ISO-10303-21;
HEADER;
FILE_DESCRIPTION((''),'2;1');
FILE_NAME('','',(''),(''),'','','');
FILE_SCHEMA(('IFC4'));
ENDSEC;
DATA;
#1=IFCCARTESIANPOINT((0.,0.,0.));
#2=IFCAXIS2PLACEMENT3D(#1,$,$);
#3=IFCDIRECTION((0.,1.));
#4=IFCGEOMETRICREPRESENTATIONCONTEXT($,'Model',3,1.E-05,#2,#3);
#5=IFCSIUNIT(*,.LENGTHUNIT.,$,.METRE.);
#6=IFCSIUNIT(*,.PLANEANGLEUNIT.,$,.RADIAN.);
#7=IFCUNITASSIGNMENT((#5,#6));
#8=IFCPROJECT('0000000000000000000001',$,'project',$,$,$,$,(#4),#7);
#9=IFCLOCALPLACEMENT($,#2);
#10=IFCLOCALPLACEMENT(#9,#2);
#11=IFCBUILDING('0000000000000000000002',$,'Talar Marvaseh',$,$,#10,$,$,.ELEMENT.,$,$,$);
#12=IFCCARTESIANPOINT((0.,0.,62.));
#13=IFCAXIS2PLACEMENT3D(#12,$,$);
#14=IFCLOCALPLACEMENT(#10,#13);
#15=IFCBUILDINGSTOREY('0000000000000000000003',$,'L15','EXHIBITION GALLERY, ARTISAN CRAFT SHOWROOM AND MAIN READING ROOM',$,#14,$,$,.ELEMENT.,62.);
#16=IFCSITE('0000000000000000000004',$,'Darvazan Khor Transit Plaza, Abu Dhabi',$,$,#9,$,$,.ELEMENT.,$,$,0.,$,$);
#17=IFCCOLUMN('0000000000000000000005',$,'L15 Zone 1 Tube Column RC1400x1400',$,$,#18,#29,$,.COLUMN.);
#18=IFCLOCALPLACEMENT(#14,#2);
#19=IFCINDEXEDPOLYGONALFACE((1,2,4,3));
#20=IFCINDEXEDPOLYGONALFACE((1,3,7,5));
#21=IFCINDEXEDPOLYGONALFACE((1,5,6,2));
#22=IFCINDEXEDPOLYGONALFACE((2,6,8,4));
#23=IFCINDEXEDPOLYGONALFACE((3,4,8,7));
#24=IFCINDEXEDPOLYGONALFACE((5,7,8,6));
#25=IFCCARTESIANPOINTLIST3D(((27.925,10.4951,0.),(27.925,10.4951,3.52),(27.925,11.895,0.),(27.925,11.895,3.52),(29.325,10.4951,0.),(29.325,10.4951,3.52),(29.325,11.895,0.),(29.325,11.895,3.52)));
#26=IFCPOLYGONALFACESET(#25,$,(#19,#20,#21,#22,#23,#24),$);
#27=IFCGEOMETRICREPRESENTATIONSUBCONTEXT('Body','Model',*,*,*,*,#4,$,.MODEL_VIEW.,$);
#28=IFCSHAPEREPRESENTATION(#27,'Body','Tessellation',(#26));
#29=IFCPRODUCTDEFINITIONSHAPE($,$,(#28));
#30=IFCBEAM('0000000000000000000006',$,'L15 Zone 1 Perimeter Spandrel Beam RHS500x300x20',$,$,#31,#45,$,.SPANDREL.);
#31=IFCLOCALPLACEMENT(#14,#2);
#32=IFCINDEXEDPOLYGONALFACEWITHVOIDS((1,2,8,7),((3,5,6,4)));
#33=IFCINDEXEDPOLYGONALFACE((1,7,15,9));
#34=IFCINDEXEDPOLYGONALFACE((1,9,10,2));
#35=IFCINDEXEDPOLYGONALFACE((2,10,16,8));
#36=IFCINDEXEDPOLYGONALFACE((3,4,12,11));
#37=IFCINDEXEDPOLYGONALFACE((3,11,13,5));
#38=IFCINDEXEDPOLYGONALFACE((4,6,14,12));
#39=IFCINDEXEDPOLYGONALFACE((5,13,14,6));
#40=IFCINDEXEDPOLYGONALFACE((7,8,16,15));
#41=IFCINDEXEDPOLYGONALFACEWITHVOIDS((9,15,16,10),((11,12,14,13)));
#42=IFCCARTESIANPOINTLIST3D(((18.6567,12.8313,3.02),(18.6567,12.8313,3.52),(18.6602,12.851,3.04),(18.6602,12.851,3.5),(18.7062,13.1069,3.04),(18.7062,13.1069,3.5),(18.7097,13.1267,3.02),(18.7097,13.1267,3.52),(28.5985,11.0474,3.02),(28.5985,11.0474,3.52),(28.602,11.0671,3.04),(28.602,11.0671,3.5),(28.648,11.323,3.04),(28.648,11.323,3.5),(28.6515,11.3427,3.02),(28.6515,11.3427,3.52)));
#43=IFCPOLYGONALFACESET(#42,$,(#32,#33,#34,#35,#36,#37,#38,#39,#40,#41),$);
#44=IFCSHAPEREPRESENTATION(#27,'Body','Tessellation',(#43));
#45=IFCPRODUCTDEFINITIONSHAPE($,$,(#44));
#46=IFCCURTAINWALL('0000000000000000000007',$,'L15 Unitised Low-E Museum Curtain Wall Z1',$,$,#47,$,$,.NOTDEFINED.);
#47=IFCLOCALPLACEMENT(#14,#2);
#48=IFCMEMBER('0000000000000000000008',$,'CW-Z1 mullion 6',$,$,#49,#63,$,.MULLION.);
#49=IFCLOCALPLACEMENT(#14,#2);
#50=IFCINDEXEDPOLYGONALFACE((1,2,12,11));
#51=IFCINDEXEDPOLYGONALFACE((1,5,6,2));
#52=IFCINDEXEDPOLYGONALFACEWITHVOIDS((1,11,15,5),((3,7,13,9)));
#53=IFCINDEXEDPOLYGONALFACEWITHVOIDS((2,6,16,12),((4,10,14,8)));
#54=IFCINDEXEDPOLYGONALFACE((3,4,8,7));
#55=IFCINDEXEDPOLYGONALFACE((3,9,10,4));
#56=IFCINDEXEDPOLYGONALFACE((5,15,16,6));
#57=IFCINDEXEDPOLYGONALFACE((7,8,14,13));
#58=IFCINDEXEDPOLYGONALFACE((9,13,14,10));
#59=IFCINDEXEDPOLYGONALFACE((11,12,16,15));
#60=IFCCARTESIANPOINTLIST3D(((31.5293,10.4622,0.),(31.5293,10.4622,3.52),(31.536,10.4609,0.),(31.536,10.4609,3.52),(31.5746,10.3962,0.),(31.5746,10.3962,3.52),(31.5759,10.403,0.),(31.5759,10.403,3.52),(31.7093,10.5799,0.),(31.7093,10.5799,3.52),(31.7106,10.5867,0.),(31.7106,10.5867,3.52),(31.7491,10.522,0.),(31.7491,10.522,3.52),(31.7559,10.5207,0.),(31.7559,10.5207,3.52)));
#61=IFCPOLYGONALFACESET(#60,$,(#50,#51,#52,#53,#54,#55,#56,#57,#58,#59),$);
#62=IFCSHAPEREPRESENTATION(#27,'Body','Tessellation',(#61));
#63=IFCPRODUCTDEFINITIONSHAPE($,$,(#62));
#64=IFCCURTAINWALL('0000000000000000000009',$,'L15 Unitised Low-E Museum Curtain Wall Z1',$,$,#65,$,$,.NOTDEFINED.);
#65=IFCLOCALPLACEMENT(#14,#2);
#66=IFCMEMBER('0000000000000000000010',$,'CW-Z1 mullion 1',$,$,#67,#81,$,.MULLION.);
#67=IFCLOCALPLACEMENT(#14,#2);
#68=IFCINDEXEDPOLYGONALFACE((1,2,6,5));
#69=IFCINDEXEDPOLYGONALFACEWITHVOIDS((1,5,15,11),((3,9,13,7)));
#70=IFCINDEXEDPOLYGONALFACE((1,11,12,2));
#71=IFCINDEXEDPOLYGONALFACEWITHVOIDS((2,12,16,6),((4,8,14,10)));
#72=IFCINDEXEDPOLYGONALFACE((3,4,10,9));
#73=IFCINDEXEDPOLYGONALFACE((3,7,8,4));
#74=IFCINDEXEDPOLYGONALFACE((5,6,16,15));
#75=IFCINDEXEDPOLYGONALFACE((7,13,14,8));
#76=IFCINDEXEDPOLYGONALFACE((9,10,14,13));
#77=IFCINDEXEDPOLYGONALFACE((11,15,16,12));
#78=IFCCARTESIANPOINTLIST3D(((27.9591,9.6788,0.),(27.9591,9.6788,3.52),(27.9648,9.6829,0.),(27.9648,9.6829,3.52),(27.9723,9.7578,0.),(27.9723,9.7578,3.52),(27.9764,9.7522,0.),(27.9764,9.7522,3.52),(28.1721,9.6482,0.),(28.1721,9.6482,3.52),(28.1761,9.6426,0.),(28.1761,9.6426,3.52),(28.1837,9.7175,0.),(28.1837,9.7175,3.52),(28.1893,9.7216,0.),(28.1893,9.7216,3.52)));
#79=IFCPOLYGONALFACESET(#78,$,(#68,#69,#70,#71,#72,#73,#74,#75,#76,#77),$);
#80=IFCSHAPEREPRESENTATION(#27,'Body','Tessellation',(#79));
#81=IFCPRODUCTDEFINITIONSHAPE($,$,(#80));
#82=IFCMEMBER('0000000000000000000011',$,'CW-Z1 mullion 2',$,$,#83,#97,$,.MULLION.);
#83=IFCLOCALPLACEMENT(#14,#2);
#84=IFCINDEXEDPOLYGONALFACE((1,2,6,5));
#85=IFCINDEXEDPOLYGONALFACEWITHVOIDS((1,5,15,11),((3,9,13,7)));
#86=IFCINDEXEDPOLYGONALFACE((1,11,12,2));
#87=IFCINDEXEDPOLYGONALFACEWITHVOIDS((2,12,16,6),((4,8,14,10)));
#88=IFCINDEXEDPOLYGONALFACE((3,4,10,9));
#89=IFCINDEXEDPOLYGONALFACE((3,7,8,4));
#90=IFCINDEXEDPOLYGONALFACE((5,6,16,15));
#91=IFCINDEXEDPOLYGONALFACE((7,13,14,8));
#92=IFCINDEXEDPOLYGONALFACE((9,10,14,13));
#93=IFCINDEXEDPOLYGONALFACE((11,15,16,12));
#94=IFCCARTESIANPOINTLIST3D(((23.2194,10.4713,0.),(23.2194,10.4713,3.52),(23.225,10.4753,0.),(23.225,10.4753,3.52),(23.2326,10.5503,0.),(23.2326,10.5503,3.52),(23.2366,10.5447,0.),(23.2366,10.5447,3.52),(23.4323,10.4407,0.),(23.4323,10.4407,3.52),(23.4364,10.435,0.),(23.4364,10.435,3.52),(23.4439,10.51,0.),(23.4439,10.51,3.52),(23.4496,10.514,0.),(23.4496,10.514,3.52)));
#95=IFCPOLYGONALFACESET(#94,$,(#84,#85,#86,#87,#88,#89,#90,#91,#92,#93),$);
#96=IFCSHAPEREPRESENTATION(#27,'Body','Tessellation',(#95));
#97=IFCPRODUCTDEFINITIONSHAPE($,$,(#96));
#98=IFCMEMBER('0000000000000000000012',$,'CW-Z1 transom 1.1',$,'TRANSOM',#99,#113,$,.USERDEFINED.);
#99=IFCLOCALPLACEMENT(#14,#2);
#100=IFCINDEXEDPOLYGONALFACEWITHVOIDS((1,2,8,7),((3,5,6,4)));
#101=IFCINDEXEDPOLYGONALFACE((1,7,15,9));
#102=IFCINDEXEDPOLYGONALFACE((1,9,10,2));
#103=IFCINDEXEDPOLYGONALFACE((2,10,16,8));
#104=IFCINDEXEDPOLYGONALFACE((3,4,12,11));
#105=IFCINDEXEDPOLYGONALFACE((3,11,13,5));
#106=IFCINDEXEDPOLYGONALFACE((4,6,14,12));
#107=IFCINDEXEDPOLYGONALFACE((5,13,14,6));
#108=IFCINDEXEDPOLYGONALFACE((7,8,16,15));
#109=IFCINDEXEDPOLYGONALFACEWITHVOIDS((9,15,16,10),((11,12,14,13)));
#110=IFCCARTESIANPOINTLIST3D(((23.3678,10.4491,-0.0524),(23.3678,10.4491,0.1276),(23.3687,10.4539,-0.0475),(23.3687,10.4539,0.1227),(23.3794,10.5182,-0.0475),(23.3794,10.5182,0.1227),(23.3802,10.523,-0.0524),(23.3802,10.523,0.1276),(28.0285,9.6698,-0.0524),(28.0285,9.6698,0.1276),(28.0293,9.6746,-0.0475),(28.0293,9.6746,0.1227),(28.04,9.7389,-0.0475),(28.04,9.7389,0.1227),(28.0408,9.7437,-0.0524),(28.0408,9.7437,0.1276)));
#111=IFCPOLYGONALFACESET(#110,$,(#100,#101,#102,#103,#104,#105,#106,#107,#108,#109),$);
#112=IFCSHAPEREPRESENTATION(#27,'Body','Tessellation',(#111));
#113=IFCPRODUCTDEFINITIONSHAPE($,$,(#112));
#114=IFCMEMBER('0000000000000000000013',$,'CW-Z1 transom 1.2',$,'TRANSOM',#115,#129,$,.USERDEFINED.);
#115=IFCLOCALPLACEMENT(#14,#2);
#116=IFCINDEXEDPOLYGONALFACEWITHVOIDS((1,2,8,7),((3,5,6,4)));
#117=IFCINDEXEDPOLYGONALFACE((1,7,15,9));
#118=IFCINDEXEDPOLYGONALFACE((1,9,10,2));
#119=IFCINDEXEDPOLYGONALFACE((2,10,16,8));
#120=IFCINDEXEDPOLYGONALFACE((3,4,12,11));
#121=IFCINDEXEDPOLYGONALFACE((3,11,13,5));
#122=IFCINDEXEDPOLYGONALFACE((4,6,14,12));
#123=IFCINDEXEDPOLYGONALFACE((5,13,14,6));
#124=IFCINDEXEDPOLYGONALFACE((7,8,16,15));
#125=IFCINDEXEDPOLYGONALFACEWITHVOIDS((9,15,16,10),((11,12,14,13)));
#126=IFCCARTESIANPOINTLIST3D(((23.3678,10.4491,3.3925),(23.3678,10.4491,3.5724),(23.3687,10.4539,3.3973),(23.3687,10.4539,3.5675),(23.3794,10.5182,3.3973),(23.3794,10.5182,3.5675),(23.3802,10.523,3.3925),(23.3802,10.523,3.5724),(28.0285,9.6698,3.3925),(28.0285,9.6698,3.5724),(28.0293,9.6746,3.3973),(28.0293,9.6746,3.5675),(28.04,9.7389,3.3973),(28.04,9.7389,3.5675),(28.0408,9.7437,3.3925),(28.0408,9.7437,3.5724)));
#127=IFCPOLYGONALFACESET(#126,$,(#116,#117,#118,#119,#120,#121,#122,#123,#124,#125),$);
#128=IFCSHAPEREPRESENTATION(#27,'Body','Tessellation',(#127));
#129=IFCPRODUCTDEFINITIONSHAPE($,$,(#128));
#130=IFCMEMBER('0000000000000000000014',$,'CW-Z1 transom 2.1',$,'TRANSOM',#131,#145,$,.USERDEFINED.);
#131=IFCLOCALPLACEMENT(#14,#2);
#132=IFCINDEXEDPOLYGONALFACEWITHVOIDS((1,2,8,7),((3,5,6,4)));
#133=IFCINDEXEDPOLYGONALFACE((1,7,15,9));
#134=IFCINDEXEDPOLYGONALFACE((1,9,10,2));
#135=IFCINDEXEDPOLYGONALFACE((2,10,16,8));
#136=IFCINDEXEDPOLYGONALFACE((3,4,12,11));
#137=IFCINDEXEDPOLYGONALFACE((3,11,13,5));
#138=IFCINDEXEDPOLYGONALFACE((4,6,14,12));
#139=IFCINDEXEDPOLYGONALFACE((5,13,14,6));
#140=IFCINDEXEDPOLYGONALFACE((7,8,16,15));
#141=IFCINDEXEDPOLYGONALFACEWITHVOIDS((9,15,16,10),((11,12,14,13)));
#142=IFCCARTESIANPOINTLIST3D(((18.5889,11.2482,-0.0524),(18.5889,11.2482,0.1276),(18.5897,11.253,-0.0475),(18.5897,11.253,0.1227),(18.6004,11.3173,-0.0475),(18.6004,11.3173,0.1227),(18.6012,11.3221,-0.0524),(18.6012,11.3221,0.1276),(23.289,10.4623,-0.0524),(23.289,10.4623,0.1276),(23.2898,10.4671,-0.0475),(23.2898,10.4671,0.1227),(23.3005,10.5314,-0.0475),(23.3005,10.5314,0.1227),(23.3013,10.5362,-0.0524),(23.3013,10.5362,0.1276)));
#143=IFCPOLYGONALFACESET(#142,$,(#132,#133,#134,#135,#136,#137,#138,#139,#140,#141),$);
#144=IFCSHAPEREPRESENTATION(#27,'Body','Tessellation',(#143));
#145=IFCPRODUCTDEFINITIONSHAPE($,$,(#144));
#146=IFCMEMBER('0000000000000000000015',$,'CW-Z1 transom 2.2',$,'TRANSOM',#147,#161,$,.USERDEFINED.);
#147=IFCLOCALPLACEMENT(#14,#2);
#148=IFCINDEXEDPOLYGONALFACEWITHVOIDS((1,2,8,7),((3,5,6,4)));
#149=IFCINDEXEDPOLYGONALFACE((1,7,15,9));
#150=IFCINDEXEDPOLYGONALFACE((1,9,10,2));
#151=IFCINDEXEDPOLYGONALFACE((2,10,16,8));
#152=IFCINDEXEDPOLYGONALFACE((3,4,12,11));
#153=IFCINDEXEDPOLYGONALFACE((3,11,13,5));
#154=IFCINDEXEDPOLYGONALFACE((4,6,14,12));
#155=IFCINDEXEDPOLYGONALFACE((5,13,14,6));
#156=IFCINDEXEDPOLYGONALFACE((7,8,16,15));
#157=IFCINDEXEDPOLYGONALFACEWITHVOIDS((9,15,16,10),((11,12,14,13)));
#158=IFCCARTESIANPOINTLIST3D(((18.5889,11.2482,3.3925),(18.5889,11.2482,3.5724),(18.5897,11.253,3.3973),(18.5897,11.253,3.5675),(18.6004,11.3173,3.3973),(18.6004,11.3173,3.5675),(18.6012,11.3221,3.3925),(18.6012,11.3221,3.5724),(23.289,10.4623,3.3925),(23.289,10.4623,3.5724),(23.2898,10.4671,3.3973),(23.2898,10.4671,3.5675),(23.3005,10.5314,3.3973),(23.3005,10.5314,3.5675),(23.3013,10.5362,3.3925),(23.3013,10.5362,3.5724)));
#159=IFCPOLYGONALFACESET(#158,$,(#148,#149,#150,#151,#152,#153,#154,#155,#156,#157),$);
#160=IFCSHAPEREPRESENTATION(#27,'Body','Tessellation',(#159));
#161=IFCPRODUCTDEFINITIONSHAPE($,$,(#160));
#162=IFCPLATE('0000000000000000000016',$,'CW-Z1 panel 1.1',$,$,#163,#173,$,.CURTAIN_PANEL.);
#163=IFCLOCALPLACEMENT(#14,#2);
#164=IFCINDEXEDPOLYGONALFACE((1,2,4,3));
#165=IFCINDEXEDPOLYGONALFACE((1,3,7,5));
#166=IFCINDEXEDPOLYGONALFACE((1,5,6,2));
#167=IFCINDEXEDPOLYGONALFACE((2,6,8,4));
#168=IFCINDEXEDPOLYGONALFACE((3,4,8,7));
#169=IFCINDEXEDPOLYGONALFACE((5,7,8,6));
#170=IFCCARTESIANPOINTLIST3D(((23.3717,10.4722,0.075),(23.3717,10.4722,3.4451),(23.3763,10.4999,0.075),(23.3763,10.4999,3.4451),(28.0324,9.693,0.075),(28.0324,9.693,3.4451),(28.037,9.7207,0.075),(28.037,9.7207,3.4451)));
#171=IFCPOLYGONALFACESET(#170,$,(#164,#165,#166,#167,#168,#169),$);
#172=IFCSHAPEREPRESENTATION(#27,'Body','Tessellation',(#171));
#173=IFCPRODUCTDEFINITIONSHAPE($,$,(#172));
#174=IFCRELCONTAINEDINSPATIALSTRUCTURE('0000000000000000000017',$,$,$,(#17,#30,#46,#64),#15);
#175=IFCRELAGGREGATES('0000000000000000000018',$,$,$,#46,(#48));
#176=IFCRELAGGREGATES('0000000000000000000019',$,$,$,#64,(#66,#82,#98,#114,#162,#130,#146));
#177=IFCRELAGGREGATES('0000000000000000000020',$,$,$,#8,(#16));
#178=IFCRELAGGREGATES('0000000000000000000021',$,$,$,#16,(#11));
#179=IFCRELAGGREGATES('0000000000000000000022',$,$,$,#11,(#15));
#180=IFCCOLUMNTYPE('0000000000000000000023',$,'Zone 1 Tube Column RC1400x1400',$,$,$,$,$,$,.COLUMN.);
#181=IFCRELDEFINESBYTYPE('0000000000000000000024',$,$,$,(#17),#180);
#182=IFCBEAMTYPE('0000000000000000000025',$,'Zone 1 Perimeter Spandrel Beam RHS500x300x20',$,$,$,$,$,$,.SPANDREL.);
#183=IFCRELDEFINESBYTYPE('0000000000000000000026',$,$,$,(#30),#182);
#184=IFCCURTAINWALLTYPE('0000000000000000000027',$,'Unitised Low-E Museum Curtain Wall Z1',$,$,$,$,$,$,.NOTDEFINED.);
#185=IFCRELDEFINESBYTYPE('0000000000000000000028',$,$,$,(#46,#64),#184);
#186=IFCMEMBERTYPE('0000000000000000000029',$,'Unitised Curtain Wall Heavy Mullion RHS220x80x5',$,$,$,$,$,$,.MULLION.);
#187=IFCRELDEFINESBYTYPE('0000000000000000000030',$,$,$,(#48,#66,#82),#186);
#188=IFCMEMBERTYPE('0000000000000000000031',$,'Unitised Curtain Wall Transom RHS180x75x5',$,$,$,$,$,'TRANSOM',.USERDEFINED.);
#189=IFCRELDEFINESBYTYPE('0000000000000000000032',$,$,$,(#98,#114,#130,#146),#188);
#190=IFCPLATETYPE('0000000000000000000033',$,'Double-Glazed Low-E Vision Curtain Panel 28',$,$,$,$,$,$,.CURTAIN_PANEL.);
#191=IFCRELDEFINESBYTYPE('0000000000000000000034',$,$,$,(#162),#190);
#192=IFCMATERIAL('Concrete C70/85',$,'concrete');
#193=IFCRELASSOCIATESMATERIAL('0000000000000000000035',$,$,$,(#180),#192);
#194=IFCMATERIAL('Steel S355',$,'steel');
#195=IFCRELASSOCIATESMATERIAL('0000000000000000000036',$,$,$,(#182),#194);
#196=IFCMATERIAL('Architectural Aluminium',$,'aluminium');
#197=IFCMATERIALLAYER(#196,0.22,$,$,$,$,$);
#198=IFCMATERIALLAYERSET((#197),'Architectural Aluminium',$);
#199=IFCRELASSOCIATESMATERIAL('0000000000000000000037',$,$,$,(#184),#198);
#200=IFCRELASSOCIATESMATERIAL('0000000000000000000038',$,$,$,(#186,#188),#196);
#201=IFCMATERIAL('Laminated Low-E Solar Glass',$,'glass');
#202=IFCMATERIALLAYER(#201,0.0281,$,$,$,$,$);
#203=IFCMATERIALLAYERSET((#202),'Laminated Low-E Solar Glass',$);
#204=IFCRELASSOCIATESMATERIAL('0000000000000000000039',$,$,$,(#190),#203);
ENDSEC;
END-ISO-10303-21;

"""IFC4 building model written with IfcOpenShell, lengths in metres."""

from ifc_helpers import new_model, si_unit, direction, frame, origin, origin_2d, place, context, subcontext, project, spatial, rectangle, hollow_rectangle, extrude, source, transform, mapped, material, layer, layer_set, material_profile, profile_set, type_object, type_shapes, element, aggregate, save


model = new_model("IFC4")

# Units and contexts
model_context = context("Model", 3, precision=1e-05, world=origin(), true_north=direction((0.0, 1.0)))
body_context = subcontext(model_context, "Body", "Model", "MODEL_VIEW")
ifc_project = project(units=[si_unit("LENGTHUNIT", "METRE"), si_unit("PLANEANGLEUNIT", "RADIAN")], contexts=[model_context])

# Site, building, storey
site_placement = place(None, origin())
site = spatial("IfcSite", under=ifc_project, at=site_placement, Name="Darvazan Khor Transit Plaza, Abu Dhabi", CompositionType="ELEMENT", RefElevation=0.0)
building_placement = place(site_placement, origin())
building = spatial("IfcBuilding", under=site, at=building_placement, Name="Talar Marvaseh", CompositionType="ELEMENT")
storey_placement = place(building_placement, frame((0.0, 0.0, 62.0)))
storey = spatial("IfcBuildingStorey", under=building, at=storey_placement, Name="L15", Description="EXHIBITION GALLERY, ARTISAN CRAFT SHOWROOM AND MAIN READING ROOM", CompositionType="ELEMENT", Elevation=62.0)

# Column
ifc_material_1 = material(Name="Concrete C70/85", Category="concrete")
ifc_material_profile_1 = material_profile(ifc_material_1, rectangle(XDim=1.3999, YDim=1.3999, at=origin_2d()), Name="RC1400x1400")
ifc_profile_set_1 = profile_set([ifc_material_profile_1], Name="Concrete C70/85")
column_type = type_object("IfcColumnType", Name="Zone 1 Tube Column RC1400x1400", PredefinedType="COLUMN", material=ifc_profile_set_1)
column_placement = place(storey_placement, frame((28.625, 11.1951, 0.0), z_axis=(0.0, 0.0, 1.0), x_axis=(1.0, 0.0, 0.0)))
element("IfcColumn", 1, at=column_placement, inside=storey, type_object=column_type, Name="L15 Zone 1 Tube Column RC1400x1400", PredefinedType="COLUMN", context=body_context, shape_type="SweptSolid", body=[
    extrude(rectangle(XDim=1.3999, YDim=1.3999, at=origin_2d()), origin(), (0.0, 0.0, 1.0), 3.52),
])

# Beam
ifc_material_2 = material(Name="Steel S355", Category="steel")
ifc_material_profile_2 = material_profile(ifc_material_2, hollow_rectangle(XDim=0.3, YDim=0.5, WallThickness=0.02, at=origin_2d()), Name="RHS500x300x20")
ifc_profile_set_2 = profile_set([ifc_material_profile_2], Name="Steel S355")
beam_type = type_object("IfcBeamType", Name="Zone 1 Perimeter Spandrel Beam RHS500x300x20", PredefinedType="SPANDREL", material=ifc_profile_set_2)
beam_placement = place(storey_placement, frame((28.625, 11.1951, 3.27), z_axis=(-0.98428, 0.176615, 0.0), x_axis=(-0.176615, -0.98428, 0.0)))
element("IfcBeam", 2, at=beam_placement, inside=storey, type_object=beam_type, Name="L15 Zone 1 Perimeter Spandrel Beam RHS500x300x20", PredefinedType="SPANDREL", context=body_context, shape_type="SweptSolid", body=[
    extrude(hollow_rectangle(XDim=0.3, YDim=0.5, WallThickness=0.02, at=origin_2d()), origin(), (0.0, 0.0, 1.0), 10.1006),
])

# Curtain wall, member
ifc_material_3 = material(Name="Architectural Aluminium", Category="aluminium")
ifc_layer_1 = layer(ifc_material_3, 0.22)
ifc_layer_set_1 = layer_set([ifc_layer_1], Name="Architectural Aluminium")
curtain_wall_type = type_object("IfcCurtainWallType", Name="Unitised Low-E Museum Curtain Wall Z1", PredefinedType="NOTDEFINED", material=ifc_layer_set_1)
curtain_wall_1_placement = place(storey_placement, origin())
curtain_wall_1 = element("IfcCurtainWall", 3, at=curtain_wall_1_placement, inside=storey, type_object=curtain_wall_type, Name="L15 Unitised Low-E Museum Curtain Wall Z1", PredefinedType="NOTDEFINED")
ifc_material_profile_3 = material_profile(ifc_material_3, hollow_rectangle(XDim=0.0801, YDim=0.22, WallThickness=0.0049, at=origin_2d()), Name="RHS220x80x5")
ifc_profile_set_3 = profile_set([ifc_material_profile_3], Name="Architectural Aluminium")
member_type_1 = type_object("IfcMemberType", Name="Unitised Curtain Wall Heavy Mullion RHS220x80x5", PredefinedType="MULLION", material=ifc_profile_set_3)
shared_shape_1 = source(origin(), body_context, "Body", "SweptSolid", [
    extrude(hollow_rectangle(XDim=0.0801, YDim=0.22, WallThickness=0.0049, at=origin_2d()), origin(), (0.0, 0.0, 1.0), 3.52),
])
type_shapes(member_type_1, [shared_shape_1])
member_1_placement = place(storey_placement, frame((31.6426, 10.4915, 0.0), z_axis=(0.0, 0.0, 1.0), x_axis=(0.566277, -0.824215, 0.0)))
member_1 = element("IfcMember", 4, at=member_1_placement, type_object=member_type_1, Name="CW-Z1 mullion 6", PredefinedType="MULLION", context=body_context, shape_type="MappedRepresentation", body=[
    mapped(shared_shape_1, transform((0.0, 0.0, 0.0), x_axis=(1.0, 0.0, 0.0), y_axis=(0.0, 1.0, 0.0), z_axis=(0.0, 0.0, 1.0), scale=1.0)),
])
aggregate(curtain_wall_1, [member_1])

# Curtain wall, members, plate
curtain_wall_2_placement = place(storey_placement, origin())
curtain_wall_2 = element("IfcCurtainWall", 5, at=curtain_wall_2_placement, inside=storey, type_object=curtain_wall_type, Name="L15 Unitised Low-E Museum Curtain Wall Z1", PredefinedType="NOTDEFINED")
member_2_placement = place(storey_placement, frame((28.0742, 9.7002, 0.0), z_axis=(0.0, 0.0, 1.0), x_axis=(-0.164896, -0.986311, 0.0)))
member_2 = element("IfcMember", 6, at=member_2_placement, type_object=member_type_1, Name="CW-Z1 mullion 1", PredefinedType="MULLION", context=body_context, shape_type="MappedRepresentation", body=[
    mapped(shared_shape_1, transform((0.0, 0.0, 0.0), x_axis=(1.0, 0.0, 0.0), y_axis=(0.0, 1.0, 0.0), z_axis=(0.0, 0.0, 1.0), scale=1.0)),
])
member_3_placement = place(storey_placement, frame((23.3345, 10.4927, 0.0), z_axis=(0.0, 0.0, 1.0), x_axis=(-0.164896, -0.986311, 0.0)))
member_3 = element("IfcMember", 7, at=member_3_placement, type_object=member_type_1, Name="CW-Z1 mullion 2", PredefinedType="MULLION", context=body_context, shape_type="MappedRepresentation", body=[
    mapped(shared_shape_1, transform((0.0, 0.0, 0.0), x_axis=(1.0, 0.0, 0.0), y_axis=(0.0, 1.0, 0.0), z_axis=(0.0, 0.0, 1.0), scale=1.0)),
])
ifc_material_profile_4 = material_profile(ifc_material_3, hollow_rectangle(XDim=0.075, YDim=0.1799, WallThickness=0.0049, at=origin_2d()), Name="RHS180x75x5")
ifc_profile_set_4 = profile_set([ifc_material_profile_4], Name="Architectural Aluminium")
member_type_2 = type_object("IfcMemberType", Name="Unitised Curtain Wall Transom RHS180x75x5", ElementType="TRANSOM", PredefinedType="USERDEFINED", material=ifc_profile_set_4)
shared_shape_2 = source(origin(), body_context, "Body", "SweptSolid", [
    extrude(hollow_rectangle(XDim=0.075, YDim=0.1799, WallThickness=0.0049, at=origin_2d()), origin(), (0.0, 0.0, 1.0), 4.7253),
])
member_4_placement = place(storey_placement, frame((28.0347, 9.7068, 0.0376), z_axis=(-0.986307, 0.164918, 0.0), x_axis=(-0.164918, -0.986307, 0.0)))
member_4 = element("IfcMember", 8, at=member_4_placement, type_object=member_type_2, Name="CW-Z1 transom 1.1", ObjectType="TRANSOM", PredefinedType="USERDEFINED", context=body_context, shape_type="MappedRepresentation", body=[
    mapped(shared_shape_2, transform((0.0, 0.0, 0.0), x_axis=(1.0, 0.0, 0.0), y_axis=(0.0, 1.0, 0.0), z_axis=(0.0, 0.0, 1.0), scale=1.0)),
])
member_5_placement = place(storey_placement, frame((28.0347, 9.7068, 3.4824), z_axis=(-0.986307, 0.164918, 0.0), x_axis=(-0.164918, -0.986307, 0.0)))
member_5 = element("IfcMember", 9, at=member_5_placement, type_object=member_type_2, Name="CW-Z1 transom 1.2", ObjectType="TRANSOM", PredefinedType="USERDEFINED", context=body_context, shape_type="MappedRepresentation", body=[
    mapped(shared_shape_2, transform((0.0, 0.0, 0.0), x_axis=(1.0, 0.0, 0.0), y_axis=(0.0, 1.0, 0.0), z_axis=(0.0, 0.0, 1.0), scale=1.0)),
])
shared_shape_3 = source(origin(), body_context, "Body", "SweptSolid", [
    extrude(hollow_rectangle(XDim=0.075, YDim=0.1799, WallThickness=0.0049, at=origin_2d()), origin(), (0.0, 0.0, 1.0), 4.7654),
])
type_shapes(member_type_2, [shared_shape_2, shared_shape_3])
member_6_placement = place(storey_placement, frame((23.2952, 10.4993, 0.0376), z_axis=(-0.986308, 0.164914, 0.0), x_axis=(-0.164914, -0.986308, 0.0)))
member_6 = element("IfcMember", 10, at=member_6_placement, type_object=member_type_2, Name="CW-Z1 transom 2.1", ObjectType="TRANSOM", PredefinedType="USERDEFINED", context=body_context, shape_type="MappedRepresentation", body=[
    mapped(shared_shape_3, transform((0.0, 0.0, 0.0), x_axis=(1.0, 0.0, 0.0), y_axis=(0.0, 1.0, 0.0), z_axis=(0.0, 0.0, 1.0), scale=1.0)),
])
member_7_placement = place(storey_placement, frame((23.2952, 10.4993, 3.4824), z_axis=(-0.986308, 0.164914, 0.0), x_axis=(-0.164914, -0.986308, 0.0)))
member_7 = element("IfcMember", 11, at=member_7_placement, type_object=member_type_2, Name="CW-Z1 transom 2.2", ObjectType="TRANSOM", PredefinedType="USERDEFINED", context=body_context, shape_type="MappedRepresentation", body=[
    mapped(shared_shape_3, transform((0.0, 0.0, 0.0), x_axis=(1.0, 0.0, 0.0), y_axis=(0.0, 1.0, 0.0), z_axis=(0.0, 0.0, 1.0), scale=1.0)),
])
ifc_material_4 = material(Name="Laminated Low-E Solar Glass", Category="glass")
ifc_layer_2 = layer(ifc_material_4, 0.0281)
ifc_layer_set_2 = layer_set([ifc_layer_2], Name="Laminated Low-E Solar Glass")
plate_type = type_object("IfcPlateType", Name="Double-Glazed Low-E Vision Curtain Panel 28", PredefinedType="CURTAIN_PANEL", material=ifc_layer_set_2)
shared_shape_4 = source(origin(), body_context, "Body", "SweptSolid", [
    extrude(rectangle(XDim=4.7253, YDim=0.0281, at=origin_2d()), origin(), (0.0, 0.0, 1.0), 3.3701),
])
plate_1_placement = place(storey_placement, frame((25.7043, 10.0964, 0.075), z_axis=(0.0, 0.0, 1.0), x_axis=(-0.986311, 0.164896, 0.0)))
plate_1 = element("IfcPlate", 12, at=plate_1_placement, type_object=plate_type, Name="CW-Z1 panel 1.1", PredefinedType="CURTAIN_PANEL", context=body_context, shape_type="MappedRepresentation", body=[
    mapped(shared_shape_4, transform((0.0, 0.0, 0.0), x_axis=(1.0, 0.0, 0.0), y_axis=(0.0, 1.0, 0.0), z_axis=(0.0, 0.0, 1.0), scale=1.0)),
])
aggregate(curtain_wall_2, [member_2, member_3, member_4, member_5, plate_1, member_6, member_7])

save(model, "model.ifc")
